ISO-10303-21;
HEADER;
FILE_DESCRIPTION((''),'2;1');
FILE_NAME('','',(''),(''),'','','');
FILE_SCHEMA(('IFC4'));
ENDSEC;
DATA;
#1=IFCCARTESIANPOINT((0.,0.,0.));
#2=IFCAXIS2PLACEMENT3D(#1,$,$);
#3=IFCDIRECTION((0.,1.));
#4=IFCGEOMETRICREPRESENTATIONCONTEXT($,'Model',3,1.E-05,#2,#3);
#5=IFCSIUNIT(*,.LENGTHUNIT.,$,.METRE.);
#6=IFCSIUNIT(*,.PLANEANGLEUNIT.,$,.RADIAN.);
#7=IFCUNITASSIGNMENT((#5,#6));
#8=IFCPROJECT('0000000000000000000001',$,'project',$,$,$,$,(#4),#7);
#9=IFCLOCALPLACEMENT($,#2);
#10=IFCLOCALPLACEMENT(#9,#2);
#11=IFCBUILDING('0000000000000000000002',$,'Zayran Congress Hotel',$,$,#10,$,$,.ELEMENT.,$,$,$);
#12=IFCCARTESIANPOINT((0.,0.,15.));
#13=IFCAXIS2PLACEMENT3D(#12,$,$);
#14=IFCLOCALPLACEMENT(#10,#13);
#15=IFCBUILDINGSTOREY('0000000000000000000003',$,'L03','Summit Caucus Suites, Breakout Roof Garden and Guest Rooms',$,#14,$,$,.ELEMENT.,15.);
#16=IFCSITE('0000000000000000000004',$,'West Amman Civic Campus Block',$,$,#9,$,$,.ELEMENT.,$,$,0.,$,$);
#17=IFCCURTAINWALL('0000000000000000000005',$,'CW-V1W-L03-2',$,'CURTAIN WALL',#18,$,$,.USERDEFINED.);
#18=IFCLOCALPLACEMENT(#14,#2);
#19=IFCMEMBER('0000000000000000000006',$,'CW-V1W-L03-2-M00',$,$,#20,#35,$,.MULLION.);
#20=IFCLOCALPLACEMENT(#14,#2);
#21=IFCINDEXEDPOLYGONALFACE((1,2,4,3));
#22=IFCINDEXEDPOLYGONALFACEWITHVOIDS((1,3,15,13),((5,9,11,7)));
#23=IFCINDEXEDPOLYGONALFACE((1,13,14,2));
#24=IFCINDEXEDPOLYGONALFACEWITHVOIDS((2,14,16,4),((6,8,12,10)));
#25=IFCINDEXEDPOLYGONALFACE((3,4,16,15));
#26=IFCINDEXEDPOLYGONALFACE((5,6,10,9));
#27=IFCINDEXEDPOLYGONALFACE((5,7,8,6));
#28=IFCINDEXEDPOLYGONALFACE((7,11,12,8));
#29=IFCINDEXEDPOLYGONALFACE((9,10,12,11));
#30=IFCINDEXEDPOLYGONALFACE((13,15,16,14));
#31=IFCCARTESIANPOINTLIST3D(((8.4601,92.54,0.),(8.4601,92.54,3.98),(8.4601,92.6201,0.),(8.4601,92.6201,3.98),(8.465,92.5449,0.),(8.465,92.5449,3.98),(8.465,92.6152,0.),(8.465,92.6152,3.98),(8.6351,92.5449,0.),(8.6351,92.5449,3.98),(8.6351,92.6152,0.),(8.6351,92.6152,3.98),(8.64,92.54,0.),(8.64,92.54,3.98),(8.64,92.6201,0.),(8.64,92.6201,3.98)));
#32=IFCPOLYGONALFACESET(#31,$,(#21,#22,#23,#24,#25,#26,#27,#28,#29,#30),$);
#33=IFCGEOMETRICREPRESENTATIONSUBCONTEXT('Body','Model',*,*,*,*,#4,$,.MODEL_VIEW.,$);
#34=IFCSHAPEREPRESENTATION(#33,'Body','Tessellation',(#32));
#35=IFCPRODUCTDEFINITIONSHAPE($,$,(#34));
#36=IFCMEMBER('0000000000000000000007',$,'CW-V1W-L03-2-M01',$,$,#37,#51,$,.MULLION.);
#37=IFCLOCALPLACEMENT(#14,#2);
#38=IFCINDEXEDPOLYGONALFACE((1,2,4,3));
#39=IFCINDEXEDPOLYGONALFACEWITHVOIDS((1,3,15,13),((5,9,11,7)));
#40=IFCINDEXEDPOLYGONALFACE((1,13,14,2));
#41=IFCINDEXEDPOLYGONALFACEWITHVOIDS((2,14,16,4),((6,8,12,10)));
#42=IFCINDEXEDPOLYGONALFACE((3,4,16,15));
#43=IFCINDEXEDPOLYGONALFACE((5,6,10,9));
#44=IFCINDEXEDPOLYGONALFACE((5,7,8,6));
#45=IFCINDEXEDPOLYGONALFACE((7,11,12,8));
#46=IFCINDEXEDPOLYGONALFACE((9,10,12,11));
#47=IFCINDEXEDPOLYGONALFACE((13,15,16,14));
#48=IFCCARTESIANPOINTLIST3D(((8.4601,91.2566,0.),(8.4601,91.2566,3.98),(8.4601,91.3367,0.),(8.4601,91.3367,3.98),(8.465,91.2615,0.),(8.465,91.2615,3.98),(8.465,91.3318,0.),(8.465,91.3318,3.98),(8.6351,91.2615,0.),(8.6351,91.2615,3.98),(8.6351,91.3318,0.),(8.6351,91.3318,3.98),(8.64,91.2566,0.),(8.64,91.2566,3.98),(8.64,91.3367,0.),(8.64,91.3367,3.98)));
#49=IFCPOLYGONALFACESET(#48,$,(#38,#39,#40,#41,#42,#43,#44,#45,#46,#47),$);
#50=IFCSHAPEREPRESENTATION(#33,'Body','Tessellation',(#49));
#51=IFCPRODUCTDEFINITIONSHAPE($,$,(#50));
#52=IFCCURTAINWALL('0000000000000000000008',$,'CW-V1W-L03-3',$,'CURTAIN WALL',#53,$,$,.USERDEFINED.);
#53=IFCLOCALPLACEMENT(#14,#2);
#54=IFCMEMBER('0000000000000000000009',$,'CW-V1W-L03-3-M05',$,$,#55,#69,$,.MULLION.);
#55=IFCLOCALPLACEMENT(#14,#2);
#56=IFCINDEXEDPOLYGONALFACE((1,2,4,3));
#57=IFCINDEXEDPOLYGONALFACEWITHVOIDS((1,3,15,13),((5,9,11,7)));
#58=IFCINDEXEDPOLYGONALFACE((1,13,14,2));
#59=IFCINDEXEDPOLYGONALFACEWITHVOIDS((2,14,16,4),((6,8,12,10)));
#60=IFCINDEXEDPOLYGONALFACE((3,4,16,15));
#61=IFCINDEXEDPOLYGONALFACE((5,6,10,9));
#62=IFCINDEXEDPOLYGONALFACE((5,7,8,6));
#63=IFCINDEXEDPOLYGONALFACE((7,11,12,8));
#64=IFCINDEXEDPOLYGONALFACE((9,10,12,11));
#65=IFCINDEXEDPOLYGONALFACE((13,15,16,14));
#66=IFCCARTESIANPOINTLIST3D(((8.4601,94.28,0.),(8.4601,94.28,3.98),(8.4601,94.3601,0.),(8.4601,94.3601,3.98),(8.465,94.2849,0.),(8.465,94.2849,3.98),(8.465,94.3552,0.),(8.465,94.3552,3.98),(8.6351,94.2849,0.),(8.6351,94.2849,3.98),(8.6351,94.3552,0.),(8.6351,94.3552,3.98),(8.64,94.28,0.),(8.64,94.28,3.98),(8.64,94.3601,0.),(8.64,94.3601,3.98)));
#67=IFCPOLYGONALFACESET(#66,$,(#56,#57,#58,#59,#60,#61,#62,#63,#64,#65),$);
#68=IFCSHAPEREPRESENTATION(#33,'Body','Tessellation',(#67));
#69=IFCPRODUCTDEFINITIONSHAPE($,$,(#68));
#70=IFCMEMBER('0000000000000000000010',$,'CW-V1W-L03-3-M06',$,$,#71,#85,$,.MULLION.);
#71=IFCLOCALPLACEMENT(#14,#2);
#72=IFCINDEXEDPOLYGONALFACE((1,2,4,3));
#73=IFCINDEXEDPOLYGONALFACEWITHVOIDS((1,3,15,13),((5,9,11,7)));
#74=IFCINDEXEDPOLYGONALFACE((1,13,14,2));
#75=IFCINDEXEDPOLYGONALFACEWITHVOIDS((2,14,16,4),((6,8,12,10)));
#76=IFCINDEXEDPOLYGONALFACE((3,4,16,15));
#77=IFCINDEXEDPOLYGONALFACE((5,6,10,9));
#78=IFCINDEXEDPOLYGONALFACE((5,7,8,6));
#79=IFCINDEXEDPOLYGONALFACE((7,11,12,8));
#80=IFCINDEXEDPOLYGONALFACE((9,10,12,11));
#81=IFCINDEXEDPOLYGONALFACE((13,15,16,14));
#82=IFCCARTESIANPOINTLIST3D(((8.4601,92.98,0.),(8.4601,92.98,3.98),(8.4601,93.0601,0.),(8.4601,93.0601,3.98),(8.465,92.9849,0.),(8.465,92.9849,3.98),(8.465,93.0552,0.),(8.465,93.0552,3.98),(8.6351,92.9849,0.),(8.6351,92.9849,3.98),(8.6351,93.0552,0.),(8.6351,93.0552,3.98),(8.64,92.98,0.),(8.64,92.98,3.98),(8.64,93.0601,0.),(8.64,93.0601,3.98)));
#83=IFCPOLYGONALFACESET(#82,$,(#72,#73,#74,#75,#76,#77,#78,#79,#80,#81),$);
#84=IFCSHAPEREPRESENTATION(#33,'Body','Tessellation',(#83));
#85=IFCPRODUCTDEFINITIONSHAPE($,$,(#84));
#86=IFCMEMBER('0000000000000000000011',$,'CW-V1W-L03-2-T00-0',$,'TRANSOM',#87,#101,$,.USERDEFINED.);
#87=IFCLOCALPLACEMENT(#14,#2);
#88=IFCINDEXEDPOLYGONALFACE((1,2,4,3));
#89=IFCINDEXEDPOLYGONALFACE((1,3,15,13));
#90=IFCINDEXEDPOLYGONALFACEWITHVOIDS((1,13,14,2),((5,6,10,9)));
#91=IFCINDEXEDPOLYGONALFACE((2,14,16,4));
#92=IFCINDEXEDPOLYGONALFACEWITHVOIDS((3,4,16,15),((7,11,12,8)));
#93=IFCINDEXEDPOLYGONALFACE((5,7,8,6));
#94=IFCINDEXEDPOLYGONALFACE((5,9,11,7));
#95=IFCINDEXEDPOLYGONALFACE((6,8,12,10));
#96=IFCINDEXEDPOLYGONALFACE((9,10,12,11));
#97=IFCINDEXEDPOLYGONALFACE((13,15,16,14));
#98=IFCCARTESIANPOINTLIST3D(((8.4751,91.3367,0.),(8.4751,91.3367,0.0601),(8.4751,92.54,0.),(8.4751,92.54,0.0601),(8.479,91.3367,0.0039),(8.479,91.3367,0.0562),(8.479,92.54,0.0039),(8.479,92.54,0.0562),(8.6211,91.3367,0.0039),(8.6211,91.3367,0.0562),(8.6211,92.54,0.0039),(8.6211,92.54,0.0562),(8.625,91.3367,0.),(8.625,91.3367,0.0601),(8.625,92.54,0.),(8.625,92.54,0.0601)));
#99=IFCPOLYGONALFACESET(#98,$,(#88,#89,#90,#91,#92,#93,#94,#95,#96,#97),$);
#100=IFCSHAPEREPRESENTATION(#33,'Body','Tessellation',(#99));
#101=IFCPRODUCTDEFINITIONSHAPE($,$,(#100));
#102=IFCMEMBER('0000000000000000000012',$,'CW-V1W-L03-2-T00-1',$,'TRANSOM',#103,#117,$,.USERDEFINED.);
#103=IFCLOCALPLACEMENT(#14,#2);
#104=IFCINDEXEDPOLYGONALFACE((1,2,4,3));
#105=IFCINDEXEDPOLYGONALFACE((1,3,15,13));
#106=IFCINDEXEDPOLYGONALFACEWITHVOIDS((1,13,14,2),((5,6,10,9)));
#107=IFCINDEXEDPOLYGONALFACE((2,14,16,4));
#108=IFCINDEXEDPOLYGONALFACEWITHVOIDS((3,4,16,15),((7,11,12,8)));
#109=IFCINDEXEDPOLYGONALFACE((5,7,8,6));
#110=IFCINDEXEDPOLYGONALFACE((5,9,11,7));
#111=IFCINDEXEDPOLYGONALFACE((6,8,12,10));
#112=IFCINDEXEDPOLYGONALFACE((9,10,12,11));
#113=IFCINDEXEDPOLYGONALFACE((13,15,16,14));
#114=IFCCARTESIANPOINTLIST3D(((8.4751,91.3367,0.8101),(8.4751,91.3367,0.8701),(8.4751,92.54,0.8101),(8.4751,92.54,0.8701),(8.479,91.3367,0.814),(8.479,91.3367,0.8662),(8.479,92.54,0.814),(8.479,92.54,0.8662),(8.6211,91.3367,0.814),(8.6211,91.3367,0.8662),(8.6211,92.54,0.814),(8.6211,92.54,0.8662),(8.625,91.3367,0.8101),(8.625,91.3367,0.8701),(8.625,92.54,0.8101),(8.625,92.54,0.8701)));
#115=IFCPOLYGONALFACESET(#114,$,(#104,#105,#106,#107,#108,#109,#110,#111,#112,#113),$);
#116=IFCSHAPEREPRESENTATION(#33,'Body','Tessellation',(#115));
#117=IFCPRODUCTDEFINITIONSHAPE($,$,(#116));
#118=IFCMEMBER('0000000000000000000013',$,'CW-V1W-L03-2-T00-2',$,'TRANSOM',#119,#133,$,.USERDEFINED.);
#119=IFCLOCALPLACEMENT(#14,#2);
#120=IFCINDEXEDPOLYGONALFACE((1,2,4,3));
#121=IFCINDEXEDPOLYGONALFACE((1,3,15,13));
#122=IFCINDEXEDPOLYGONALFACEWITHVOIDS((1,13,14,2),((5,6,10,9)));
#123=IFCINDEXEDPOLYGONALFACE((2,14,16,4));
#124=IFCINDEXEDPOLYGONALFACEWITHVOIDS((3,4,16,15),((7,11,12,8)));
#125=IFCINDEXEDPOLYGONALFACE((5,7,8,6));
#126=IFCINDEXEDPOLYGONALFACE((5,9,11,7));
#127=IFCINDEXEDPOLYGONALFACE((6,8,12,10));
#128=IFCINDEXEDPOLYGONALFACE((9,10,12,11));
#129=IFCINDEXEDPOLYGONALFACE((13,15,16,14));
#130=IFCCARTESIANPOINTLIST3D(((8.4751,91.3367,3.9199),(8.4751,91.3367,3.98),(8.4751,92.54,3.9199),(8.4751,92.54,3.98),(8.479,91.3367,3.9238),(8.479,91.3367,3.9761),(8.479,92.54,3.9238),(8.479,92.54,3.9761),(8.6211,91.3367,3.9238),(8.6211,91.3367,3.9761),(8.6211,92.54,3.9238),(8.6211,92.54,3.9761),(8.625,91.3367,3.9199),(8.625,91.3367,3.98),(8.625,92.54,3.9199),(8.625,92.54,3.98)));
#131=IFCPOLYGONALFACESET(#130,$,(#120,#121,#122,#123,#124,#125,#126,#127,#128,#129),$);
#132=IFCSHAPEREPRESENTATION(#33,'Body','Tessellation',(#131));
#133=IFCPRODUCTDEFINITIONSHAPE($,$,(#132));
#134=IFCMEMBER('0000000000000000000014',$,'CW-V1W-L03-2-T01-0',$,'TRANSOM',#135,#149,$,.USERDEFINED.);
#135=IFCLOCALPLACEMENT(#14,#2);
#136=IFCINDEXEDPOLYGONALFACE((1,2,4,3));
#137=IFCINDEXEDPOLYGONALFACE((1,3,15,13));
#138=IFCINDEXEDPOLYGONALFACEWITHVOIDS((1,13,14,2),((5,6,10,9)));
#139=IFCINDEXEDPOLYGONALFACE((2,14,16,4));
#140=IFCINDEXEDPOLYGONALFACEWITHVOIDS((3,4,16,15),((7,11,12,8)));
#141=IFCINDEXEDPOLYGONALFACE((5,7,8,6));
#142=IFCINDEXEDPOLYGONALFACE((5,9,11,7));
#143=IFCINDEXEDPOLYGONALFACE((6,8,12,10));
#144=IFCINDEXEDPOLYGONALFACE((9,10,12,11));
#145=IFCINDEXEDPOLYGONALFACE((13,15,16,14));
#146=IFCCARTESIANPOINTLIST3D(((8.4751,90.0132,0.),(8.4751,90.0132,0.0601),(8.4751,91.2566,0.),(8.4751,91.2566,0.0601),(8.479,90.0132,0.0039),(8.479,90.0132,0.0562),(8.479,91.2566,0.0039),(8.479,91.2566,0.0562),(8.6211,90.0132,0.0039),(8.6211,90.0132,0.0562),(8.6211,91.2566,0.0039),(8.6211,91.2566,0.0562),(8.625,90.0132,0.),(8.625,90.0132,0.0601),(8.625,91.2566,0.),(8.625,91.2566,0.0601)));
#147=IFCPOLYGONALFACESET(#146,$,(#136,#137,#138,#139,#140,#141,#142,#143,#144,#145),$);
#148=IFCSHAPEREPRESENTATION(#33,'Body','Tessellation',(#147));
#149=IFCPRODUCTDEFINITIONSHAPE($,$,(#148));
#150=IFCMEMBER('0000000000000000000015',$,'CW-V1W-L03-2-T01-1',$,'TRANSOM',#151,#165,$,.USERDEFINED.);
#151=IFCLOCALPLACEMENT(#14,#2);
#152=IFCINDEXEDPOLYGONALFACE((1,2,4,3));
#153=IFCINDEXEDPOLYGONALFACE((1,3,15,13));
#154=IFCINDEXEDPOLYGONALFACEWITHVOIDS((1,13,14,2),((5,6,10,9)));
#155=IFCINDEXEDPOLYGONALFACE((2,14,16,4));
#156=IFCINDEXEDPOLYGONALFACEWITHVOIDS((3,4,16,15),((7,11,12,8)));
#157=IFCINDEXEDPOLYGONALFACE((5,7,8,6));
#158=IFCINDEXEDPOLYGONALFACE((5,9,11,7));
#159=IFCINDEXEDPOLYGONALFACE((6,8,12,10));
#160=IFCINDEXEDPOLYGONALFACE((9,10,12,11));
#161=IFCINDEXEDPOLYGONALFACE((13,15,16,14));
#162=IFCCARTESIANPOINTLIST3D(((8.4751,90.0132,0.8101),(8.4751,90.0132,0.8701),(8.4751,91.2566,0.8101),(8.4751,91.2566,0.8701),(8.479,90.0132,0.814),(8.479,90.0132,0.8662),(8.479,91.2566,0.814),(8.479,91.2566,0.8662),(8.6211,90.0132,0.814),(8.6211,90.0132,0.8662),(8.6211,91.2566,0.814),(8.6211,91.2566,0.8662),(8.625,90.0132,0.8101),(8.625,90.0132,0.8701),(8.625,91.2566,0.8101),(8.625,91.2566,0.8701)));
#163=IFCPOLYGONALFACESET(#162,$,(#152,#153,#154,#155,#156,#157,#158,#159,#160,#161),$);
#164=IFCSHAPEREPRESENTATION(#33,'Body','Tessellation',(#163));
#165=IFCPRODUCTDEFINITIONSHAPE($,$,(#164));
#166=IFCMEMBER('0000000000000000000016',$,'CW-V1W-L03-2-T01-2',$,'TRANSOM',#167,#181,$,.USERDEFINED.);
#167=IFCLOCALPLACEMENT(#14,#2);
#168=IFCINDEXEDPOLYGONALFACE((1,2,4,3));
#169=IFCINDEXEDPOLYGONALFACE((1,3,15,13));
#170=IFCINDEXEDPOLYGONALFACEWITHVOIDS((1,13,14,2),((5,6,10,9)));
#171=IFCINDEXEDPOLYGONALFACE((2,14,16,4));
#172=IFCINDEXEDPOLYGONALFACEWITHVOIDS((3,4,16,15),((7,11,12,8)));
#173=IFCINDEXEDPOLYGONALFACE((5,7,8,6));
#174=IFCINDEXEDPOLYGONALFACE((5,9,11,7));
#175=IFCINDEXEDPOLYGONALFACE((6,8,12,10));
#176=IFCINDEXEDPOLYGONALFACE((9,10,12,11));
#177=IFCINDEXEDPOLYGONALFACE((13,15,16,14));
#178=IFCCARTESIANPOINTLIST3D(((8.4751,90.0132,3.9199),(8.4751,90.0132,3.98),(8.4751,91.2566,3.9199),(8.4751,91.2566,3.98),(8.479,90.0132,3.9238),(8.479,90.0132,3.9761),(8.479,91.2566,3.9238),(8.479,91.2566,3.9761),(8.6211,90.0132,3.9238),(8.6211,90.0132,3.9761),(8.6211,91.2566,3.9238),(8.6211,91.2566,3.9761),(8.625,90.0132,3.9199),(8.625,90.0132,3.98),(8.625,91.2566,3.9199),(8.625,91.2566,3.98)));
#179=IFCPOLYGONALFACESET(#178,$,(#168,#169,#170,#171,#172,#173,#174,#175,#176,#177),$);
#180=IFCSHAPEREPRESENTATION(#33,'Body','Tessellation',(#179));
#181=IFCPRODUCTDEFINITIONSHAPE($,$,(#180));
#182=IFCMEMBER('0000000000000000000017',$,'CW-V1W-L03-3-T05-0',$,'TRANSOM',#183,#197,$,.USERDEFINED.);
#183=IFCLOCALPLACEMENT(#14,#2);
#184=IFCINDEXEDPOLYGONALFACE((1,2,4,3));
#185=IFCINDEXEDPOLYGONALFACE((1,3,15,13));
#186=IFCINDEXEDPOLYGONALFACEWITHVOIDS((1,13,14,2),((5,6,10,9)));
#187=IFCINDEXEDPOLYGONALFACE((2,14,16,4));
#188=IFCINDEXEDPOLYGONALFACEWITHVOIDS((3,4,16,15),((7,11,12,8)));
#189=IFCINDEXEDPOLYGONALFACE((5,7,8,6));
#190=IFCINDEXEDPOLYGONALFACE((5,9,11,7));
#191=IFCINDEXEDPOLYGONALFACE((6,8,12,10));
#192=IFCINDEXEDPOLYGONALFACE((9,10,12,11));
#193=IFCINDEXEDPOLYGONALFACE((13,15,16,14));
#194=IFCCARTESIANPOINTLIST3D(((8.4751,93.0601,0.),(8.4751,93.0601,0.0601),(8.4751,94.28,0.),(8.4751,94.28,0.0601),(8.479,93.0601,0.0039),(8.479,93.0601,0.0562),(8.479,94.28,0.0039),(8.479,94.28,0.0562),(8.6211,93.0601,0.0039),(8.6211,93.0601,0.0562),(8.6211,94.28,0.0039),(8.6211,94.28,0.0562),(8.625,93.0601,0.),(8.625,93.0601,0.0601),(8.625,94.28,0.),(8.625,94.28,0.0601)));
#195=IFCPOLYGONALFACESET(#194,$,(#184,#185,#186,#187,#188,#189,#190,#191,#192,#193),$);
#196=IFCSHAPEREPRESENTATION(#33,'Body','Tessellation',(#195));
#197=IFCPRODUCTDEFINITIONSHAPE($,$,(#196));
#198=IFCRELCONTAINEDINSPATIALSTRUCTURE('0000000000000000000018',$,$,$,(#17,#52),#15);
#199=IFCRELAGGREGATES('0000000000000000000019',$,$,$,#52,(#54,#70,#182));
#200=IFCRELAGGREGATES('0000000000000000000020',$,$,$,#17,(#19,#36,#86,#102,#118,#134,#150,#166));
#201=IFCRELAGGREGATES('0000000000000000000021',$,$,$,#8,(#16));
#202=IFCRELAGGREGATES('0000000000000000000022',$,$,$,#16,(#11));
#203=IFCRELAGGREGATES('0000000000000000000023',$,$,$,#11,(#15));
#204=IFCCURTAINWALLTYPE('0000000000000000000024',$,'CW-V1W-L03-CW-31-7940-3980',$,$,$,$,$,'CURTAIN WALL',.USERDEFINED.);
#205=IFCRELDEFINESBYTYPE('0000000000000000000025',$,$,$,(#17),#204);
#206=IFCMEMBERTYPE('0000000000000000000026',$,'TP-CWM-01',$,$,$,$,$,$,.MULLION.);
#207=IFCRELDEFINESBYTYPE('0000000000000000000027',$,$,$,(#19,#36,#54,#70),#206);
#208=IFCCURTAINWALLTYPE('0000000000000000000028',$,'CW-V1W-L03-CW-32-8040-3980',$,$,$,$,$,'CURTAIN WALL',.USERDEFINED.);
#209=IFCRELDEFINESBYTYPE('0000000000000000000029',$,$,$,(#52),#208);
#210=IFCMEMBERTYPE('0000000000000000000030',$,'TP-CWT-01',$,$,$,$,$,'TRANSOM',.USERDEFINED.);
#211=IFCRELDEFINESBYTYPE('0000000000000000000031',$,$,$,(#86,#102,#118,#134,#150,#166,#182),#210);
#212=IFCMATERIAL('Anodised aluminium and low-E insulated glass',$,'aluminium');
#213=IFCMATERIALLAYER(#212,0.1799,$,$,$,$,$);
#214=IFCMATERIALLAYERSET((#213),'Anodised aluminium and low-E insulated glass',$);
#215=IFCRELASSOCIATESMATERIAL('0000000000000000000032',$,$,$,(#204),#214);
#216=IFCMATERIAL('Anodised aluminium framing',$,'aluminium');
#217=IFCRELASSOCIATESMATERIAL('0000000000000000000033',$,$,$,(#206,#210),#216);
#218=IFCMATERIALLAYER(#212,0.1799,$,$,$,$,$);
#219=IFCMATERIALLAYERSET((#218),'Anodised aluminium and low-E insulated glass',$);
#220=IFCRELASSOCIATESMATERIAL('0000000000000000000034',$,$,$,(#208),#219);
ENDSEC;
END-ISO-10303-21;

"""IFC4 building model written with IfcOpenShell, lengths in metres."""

from ifc_helpers import new_model, si_unit, direction, frame, origin, origin_2d, place, context, subcontext, project, spatial, hollow_rectangle, extrude, material, layer, layer_set, material_profile, profile_set, type_object, element, aggregate, save


model = new_model("IFC4")

# Units and contexts
model_context = context("Model", 3, precision=1e-05, world=origin(), true_north=direction((0.0, 1.0)))
body_context = subcontext(model_context, "Body", "Model", "MODEL_VIEW")
ifc_project = project(units=[si_unit("LENGTHUNIT", "METRE"), si_unit("PLANEANGLEUNIT", "RADIAN")], contexts=[model_context])

# Site, building, storey
site_placement = place(None, origin())
site = spatial("IfcSite", under=ifc_project, at=site_placement, Name="West Amman Civic Campus Block", CompositionType="ELEMENT", RefElevation=0.0)
building_placement = place(site_placement, origin())
building = spatial("IfcBuilding", under=site, at=building_placement, Name="Zayran Congress Hotel", CompositionType="ELEMENT")
storey_placement = place(building_placement, frame((0.0, 0.0, 15.0)))
storey = spatial("IfcBuildingStorey", under=building, at=storey_placement, Name="L03", Description="Summit Caucus Suites, Breakout Roof Garden and Guest Rooms", CompositionType="ELEMENT", Elevation=15.0)

# Curtain walls, members
ifc_material_1 = material(Name="Anodised aluminium and low-E insulated glass", Category="aluminium")
ifc_layer_1 = layer(ifc_material_1, 0.1799)
ifc_layer_set_1 = layer_set([ifc_layer_1], Name="Anodised aluminium and low-E insulated glass")
curtain_wall_type_1 = type_object("IfcCurtainWallType", Name="CW-V1W-L03-CW-31-7940-3980", ElementType="CURTAIN WALL", PredefinedType="USERDEFINED", material=ifc_layer_set_1)
curtain_wall_1_placement = place(storey_placement, origin())
curtain_wall_1 = element("IfcCurtainWall", 1, at=curtain_wall_1_placement, inside=storey, type_object=curtain_wall_type_1, Name="CW-V1W-L03-2", ObjectType="CURTAIN WALL", PredefinedType="USERDEFINED")
ifc_material_2 = material(Name="Anodised aluminium framing", Category="aluminium")
ifc_material_profile_1 = material_profile(ifc_material_2, hollow_rectangle(XDim=0.0801, YDim=0.1799, WallThickness=0.0049, at=origin_2d()), Name="RHS 180x80x5")
ifc_profile_set_1 = profile_set([ifc_material_profile_1], Name="Anodised aluminium framing")
member_type_1 = type_object("IfcMemberType", Name="TP-CWM-01", PredefinedType="MULLION", material=ifc_profile_set_1)
member_1_placement = place(storey_placement, frame((8.55, 92.5801, 0.0), z_axis=(0.0, 0.0, 1.0), x_axis=(0.0, 1.0, 0.0)))
member_1 = element("IfcMember", 2, at=member_1_placement, type_object=member_type_1, Name="CW-V1W-L03-2-M00", PredefinedType="MULLION", context=body_context, shape_type="SweptSolid", body=[
    extrude(hollow_rectangle(XDim=0.0801, YDim=0.1799, WallThickness=0.0049, at=origin_2d()), origin(), (0.0, 0.0, 1.0), 3.98),
])
member_2_placement = place(storey_placement, frame((8.55, 91.2966, 0.0), z_axis=(0.0, 0.0, 1.0), x_axis=(0.0, 1.0, 0.0)))
member_2 = element("IfcMember", 3, at=member_2_placement, type_object=member_type_1, Name="CW-V1W-L03-2-M01", PredefinedType="MULLION", context=body_context, shape_type="SweptSolid", body=[
    extrude(hollow_rectangle(XDim=0.0801, YDim=0.1799, WallThickness=0.0049, at=origin_2d()), origin(), (0.0, 0.0, 1.0), 3.98),
])
ifc_layer_2 = layer(ifc_material_1, 0.1799)
ifc_layer_set_2 = layer_set([ifc_layer_2], Name="Anodised aluminium and low-E insulated glass")
curtain_wall_type_2 = type_object("IfcCurtainWallType", Name="CW-V1W-L03-CW-32-8040-3980", ElementType="CURTAIN WALL", PredefinedType="USERDEFINED", material=ifc_layer_set_2)
curtain_wall_2_placement = place(storey_placement, origin())
curtain_wall_2 = element("IfcCurtainWall", 4, at=curtain_wall_2_placement, inside=storey, type_object=curtain_wall_type_2, Name="CW-V1W-L03-3", ObjectType="CURTAIN WALL", PredefinedType="USERDEFINED")
member_3_placement = place(storey_placement, frame((8.55, 94.3201, 0.0), z_axis=(0.0, 0.0, 1.0), x_axis=(0.0, 1.0, 0.0)))
member_3 = element("IfcMember", 5, at=member_3_placement, type_object=member_type_1, Name="CW-V1W-L03-3-M05", PredefinedType="MULLION", context=body_context, shape_type="SweptSolid", body=[
    extrude(hollow_rectangle(XDim=0.0801, YDim=0.1799, WallThickness=0.0049, at=origin_2d()), origin(), (0.0, 0.0, 1.0), 3.98),
])
member_4_placement = place(storey_placement, frame((8.55, 93.02, 0.0), z_axis=(0.0, 0.0, 1.0), x_axis=(0.0, 1.0, 0.0)))
member_4 = element("IfcMember", 6, at=member_4_placement, type_object=member_type_1, Name="CW-V1W-L03-3-M06", PredefinedType="MULLION", context=body_context, shape_type="SweptSolid", body=[
    extrude(hollow_rectangle(XDim=0.0801, YDim=0.1799, WallThickness=0.0049, at=origin_2d()), origin(), (0.0, 0.0, 1.0), 3.98),
])

# Members
ifc_material_profile_2 = material_profile(ifc_material_2, hollow_rectangle(XDim=0.0601, YDim=0.1499, WallThickness=0.0039, at=origin_2d()), Name="RHS 150x60x4")
ifc_profile_set_2 = profile_set([ifc_material_profile_2], Name="Anodised aluminium framing")
member_type_2 = type_object("IfcMemberType", Name="TP-CWT-01", ElementType="TRANSOM", PredefinedType="USERDEFINED", material=ifc_profile_set_2)
member_5_placement = place(storey_placement, frame((8.55, 92.54, 0.03), z_axis=(0.0, -1.0, 0.0), x_axis=(0.0, 0.0, 1.0)))
member_5 = element("IfcMember", 7, at=member_5_placement, type_object=member_type_2, Name="CW-V1W-L03-2-T00-0", ObjectType="TRANSOM", PredefinedType="USERDEFINED", context=body_context, shape_type="SweptSolid", body=[
    extrude(hollow_rectangle(XDim=0.0601, YDim=0.1499, WallThickness=0.0039, at=origin_2d()), origin(), (0.0, 0.0, 1.0), 1.2034),
])
member_6_placement = place(storey_placement, frame((8.55, 92.54, 0.8401), z_axis=(0.0, -1.0, 0.0), x_axis=(0.0, 0.0, 1.0)))
member_6 = element("IfcMember", 8, at=member_6_placement, type_object=member_type_2, Name="CW-V1W-L03-2-T00-1", ObjectType="TRANSOM", PredefinedType="USERDEFINED", context=body_context, shape_type="SweptSolid", body=[
    extrude(hollow_rectangle(XDim=0.0601, YDim=0.1499, WallThickness=0.0039, at=origin_2d()), origin(), (0.0, 0.0, 1.0), 1.2034),
])
member_7_placement = place(storey_placement, frame((8.55, 92.54, 3.95), z_axis=(0.0, -1.0, 0.0), x_axis=(0.0, 0.0, 1.0)))
member_7 = element("IfcMember", 9, at=member_7_placement, type_object=member_type_2, Name="CW-V1W-L03-2-T00-2", ObjectType="TRANSOM", PredefinedType="USERDEFINED", context=body_context, shape_type="SweptSolid", body=[
    extrude(hollow_rectangle(XDim=0.0601, YDim=0.1499, WallThickness=0.0039, at=origin_2d()), origin(), (0.0, 0.0, 1.0), 1.2034),
])
member_8_placement = place(storey_placement, frame((8.55, 91.2566, 0.03), z_axis=(0.0, -1.0, 0.0), x_axis=(0.0, 0.0, 1.0)))
member_8 = element("IfcMember", 10, at=member_8_placement, type_object=member_type_2, Name="CW-V1W-L03-2-T01-0", ObjectType="TRANSOM", PredefinedType="USERDEFINED", context=body_context, shape_type="SweptSolid", body=[
    extrude(hollow_rectangle(XDim=0.0601, YDim=0.1499, WallThickness=0.0039, at=origin_2d()), origin(), (0.0, 0.0, 1.0), 1.2434),
])
member_9_placement = place(storey_placement, frame((8.55, 91.2566, 0.8401), z_axis=(0.0, -1.0, 0.0), x_axis=(0.0, 0.0, 1.0)))
member_9 = element("IfcMember", 11, at=member_9_placement, type_object=member_type_2, Name="CW-V1W-L03-2-T01-1", ObjectType="TRANSOM", PredefinedType="USERDEFINED", context=body_context, shape_type="SweptSolid", body=[
    extrude(hollow_rectangle(XDim=0.0601, YDim=0.1499, WallThickness=0.0039, at=origin_2d()), origin(), (0.0, 0.0, 1.0), 1.2434),
])
member_10_placement = place(storey_placement, frame((8.55, 91.2566, 3.95), z_axis=(0.0, -1.0, 0.0), x_axis=(0.0, 0.0, 1.0)))
member_10 = element("IfcMember", 12, at=member_10_placement, type_object=member_type_2, Name="CW-V1W-L03-2-T01-2", ObjectType="TRANSOM", PredefinedType="USERDEFINED", context=body_context, shape_type="SweptSolid", body=[
    extrude(hollow_rectangle(XDim=0.0601, YDim=0.1499, WallThickness=0.0039, at=origin_2d()), origin(), (0.0, 0.0, 1.0), 1.2434),
])
member_11_placement = place(storey_placement, frame((8.55, 94.28, 0.03), z_axis=(0.0, -1.0, 0.0), x_axis=(0.0, 0.0, 1.0)))
member_11 = element("IfcMember", 13, at=member_11_placement, type_object=member_type_2, Name="CW-V1W-L03-3-T05-0", ObjectType="TRANSOM", PredefinedType="USERDEFINED", context=body_context, shape_type="SweptSolid", body=[
    extrude(hollow_rectangle(XDim=0.0601, YDim=0.1499, WallThickness=0.0039, at=origin_2d()), origin(), (0.0, 0.0, 1.0), 1.22),
])

aggregate(curtain_wall_2, [member_3, member_4, member_11])
aggregate(curtain_wall_1, [member_1, member_2, member_5, member_6, member_7, member_8, member_9, member_10])

save(model, "model.ifc")
